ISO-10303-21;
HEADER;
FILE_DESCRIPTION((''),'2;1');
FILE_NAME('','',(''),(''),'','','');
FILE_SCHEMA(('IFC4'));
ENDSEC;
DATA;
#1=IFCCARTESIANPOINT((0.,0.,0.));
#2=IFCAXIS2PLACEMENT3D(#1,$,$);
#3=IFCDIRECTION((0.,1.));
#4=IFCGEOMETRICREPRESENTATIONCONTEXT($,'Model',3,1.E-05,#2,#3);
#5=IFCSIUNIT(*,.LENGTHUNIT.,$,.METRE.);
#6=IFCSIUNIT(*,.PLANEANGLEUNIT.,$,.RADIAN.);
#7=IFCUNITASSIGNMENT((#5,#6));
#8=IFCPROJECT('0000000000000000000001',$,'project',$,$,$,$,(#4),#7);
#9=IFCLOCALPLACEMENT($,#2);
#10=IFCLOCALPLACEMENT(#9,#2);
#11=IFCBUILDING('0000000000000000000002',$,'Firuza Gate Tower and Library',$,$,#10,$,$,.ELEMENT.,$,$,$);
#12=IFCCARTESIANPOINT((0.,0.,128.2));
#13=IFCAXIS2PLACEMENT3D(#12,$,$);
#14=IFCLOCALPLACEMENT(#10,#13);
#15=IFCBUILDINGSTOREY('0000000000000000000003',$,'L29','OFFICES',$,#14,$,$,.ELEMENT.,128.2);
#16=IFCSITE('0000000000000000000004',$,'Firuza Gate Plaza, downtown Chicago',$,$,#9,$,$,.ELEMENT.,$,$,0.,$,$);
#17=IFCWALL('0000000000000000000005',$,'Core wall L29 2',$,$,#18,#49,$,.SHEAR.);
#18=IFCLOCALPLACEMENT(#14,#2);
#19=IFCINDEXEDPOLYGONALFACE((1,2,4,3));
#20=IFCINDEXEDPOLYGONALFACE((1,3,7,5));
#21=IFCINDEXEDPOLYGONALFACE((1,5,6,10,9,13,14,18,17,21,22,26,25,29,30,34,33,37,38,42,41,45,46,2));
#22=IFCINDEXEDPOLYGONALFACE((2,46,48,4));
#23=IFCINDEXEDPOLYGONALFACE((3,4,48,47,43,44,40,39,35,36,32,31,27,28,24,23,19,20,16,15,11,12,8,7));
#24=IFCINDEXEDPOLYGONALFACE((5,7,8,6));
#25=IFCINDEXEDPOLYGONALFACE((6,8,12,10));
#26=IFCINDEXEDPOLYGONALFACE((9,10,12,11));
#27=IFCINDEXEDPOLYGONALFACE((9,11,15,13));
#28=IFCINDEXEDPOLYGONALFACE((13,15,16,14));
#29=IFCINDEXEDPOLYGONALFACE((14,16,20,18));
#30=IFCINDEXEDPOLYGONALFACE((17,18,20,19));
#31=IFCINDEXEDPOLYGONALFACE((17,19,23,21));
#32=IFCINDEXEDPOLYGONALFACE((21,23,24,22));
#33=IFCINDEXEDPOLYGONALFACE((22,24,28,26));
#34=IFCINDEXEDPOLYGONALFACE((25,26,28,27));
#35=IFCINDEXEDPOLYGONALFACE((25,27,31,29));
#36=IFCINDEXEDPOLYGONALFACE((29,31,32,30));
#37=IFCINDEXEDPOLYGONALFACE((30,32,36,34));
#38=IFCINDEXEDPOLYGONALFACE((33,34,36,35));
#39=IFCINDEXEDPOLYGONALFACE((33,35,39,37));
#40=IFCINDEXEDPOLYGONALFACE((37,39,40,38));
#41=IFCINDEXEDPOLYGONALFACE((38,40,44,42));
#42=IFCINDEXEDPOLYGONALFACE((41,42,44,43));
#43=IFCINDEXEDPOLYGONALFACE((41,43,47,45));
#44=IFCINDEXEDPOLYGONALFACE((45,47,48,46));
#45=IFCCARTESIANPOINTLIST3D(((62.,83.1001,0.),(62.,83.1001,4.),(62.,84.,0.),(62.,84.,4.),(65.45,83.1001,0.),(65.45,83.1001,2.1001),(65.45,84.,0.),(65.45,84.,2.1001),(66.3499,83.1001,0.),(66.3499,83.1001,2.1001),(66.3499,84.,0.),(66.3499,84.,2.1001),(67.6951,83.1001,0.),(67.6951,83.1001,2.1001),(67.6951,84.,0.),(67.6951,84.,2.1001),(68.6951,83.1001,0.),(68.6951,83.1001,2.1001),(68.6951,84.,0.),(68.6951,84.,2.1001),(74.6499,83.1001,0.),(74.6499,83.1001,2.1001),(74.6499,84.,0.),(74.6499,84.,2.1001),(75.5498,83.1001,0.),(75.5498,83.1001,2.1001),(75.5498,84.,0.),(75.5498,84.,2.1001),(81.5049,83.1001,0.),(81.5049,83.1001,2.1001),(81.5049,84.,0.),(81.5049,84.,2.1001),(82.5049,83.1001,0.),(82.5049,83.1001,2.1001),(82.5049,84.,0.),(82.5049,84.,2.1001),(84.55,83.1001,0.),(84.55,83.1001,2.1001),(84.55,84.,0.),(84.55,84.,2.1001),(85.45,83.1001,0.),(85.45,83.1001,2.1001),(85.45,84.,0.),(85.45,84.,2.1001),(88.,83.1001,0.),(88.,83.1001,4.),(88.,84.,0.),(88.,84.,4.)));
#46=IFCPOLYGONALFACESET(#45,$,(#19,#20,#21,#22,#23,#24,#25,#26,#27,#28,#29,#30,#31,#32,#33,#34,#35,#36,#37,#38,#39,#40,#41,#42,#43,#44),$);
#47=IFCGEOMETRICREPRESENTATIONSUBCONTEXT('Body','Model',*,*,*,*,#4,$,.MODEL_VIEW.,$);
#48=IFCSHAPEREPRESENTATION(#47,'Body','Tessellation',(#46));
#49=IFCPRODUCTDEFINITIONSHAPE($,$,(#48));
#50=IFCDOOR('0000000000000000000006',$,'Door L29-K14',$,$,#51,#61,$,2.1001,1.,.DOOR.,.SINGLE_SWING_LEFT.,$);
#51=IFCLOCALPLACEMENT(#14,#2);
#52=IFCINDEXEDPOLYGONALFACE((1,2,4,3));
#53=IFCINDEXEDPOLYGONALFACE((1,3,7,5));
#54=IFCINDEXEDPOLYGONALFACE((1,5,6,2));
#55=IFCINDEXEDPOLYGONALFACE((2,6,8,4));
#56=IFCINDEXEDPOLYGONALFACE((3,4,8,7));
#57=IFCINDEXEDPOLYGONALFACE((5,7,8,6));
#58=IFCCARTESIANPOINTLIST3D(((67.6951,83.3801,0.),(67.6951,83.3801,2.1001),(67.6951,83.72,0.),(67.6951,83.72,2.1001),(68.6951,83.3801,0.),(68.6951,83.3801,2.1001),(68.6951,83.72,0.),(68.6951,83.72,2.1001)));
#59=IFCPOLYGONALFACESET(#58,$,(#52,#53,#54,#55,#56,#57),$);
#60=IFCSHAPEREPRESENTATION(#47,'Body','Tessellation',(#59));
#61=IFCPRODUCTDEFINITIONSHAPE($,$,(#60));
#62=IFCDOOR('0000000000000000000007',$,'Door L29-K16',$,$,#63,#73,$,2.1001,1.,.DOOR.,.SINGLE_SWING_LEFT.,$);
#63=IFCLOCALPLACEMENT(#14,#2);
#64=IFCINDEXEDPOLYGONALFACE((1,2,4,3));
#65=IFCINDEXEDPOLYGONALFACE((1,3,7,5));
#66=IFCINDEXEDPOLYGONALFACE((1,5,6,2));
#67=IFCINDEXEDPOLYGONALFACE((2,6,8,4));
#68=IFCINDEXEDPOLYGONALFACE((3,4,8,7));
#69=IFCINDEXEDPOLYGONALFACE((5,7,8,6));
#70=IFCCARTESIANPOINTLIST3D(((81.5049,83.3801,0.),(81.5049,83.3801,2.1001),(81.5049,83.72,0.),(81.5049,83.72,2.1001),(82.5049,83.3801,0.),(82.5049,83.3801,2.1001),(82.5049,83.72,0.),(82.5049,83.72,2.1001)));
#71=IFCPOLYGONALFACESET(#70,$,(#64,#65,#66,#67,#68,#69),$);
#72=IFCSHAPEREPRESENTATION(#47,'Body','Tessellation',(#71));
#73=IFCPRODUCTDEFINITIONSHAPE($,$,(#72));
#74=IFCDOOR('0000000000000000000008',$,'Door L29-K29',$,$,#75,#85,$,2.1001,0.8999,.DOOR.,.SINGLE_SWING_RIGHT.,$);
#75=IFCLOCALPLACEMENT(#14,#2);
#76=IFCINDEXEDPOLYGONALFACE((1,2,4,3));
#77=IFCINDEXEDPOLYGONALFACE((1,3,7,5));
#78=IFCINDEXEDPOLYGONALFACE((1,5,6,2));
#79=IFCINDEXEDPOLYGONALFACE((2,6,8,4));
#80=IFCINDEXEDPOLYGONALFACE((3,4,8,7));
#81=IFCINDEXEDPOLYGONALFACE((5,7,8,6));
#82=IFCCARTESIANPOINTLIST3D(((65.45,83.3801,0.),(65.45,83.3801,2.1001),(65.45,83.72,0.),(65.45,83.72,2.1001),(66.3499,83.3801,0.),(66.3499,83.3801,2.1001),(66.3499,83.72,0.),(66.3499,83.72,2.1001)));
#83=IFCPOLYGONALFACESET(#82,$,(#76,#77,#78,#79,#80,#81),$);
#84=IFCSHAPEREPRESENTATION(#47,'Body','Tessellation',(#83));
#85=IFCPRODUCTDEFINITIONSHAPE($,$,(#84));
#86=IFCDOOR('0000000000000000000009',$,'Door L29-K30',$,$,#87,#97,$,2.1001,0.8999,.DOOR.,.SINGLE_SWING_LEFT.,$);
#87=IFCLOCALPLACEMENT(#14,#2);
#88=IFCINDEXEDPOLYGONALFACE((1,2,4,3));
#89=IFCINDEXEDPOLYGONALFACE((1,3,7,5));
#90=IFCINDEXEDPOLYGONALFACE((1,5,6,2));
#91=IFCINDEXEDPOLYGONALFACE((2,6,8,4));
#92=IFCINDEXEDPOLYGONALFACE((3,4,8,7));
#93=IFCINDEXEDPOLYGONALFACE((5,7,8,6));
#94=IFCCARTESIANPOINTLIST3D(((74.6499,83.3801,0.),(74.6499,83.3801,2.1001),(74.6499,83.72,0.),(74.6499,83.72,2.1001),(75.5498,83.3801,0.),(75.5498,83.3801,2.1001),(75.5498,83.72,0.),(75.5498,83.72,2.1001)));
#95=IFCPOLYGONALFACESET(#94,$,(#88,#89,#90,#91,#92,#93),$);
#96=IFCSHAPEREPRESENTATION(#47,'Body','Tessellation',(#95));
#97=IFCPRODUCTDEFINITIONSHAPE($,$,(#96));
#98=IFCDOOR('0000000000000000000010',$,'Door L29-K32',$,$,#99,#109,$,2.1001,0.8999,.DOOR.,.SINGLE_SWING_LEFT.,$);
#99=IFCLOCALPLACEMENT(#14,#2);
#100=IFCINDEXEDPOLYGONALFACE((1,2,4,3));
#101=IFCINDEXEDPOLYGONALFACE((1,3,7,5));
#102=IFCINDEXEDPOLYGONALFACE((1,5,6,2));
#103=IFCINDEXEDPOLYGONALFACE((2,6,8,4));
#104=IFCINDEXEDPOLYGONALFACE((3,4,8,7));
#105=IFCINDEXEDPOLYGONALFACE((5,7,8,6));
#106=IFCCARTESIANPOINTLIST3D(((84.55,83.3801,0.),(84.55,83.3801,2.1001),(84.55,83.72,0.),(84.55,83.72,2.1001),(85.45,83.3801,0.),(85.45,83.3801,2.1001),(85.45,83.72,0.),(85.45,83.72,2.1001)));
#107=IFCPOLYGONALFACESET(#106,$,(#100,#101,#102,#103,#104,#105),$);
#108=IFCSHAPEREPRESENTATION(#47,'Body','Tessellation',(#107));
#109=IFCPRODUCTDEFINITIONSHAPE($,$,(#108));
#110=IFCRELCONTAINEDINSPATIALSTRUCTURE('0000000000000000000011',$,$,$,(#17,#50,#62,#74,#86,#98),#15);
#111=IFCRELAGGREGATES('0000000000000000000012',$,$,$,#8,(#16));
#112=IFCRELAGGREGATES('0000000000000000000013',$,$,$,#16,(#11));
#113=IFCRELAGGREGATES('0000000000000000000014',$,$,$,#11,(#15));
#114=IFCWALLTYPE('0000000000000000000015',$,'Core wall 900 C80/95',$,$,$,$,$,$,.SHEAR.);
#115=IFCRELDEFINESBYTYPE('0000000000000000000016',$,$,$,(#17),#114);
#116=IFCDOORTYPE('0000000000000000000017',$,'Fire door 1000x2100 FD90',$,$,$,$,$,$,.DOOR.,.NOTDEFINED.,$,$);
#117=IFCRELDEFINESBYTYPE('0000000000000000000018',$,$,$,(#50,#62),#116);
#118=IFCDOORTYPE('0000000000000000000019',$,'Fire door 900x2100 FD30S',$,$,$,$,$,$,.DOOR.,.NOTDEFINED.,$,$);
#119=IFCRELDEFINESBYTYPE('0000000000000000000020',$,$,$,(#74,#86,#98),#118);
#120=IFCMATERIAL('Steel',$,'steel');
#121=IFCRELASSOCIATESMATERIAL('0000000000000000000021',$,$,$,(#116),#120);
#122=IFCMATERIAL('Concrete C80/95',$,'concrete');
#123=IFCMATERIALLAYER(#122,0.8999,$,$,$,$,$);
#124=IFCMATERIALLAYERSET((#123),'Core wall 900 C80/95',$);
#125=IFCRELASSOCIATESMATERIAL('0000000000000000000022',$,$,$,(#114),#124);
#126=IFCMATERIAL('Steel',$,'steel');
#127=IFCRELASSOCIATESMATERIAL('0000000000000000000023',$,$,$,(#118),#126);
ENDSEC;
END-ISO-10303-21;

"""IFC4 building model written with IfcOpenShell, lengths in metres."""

from ifc_helpers import new_model, si_unit, direction, frame, frame_2d, origin, place, context, subcontext, project, spatial, rectangle, extrude, material, layer, layer_set, type_object, element, fill, save


model = new_model("IFC4")

# Units and contexts
model_context = context("Model", 3, precision=1e-05, world=origin(), true_north=direction((0.0, 1.0)))
body_context = subcontext(model_context, "Body", "Model", "MODEL_VIEW")
ifc_project = project(units=[si_unit("LENGTHUNIT", "METRE"), si_unit("PLANEANGLEUNIT", "RADIAN")], contexts=[model_context])

# Site, building, storey
site_placement = place(None, origin())
site = spatial("IfcSite", under=ifc_project, at=site_placement, Name="Firuza Gate Plaza, downtown Chicago", CompositionType="ELEMENT", RefElevation=0.0)
building_placement = place(site_placement, origin())
building = spatial("IfcBuilding", under=site, at=building_placement, Name="Firuza Gate Tower and Library", CompositionType="ELEMENT")
storey_placement = place(building_placement, frame((0.0, 0.0, 128.2)))
storey = spatial("IfcBuildingStorey", under=building, at=storey_placement, Name="L29", Description="OFFICES", CompositionType="ELEMENT", Elevation=128.2)

# Shared definitions
ifc_material_1 = material(Name="Steel", Category="steel")
door_type_1 = type_object("IfcDoorType", Name="Fire door 1000x2100 FD90", OperationType="NOTDEFINED", PredefinedType="DOOR", material=ifc_material_1)

# Wall, openings, doors
ifc_material_2 = material(Name="Concrete C80/95", Category="concrete")
ifc_layer_1 = layer(ifc_material_2, 0.8999)
ifc_layer_set_1 = layer_set([ifc_layer_1], Name="Core wall 900 C80/95")
wall_type_1 = type_object("IfcWallType", Name="Core wall 900 C80/95", PredefinedType="SHEAR", material=ifc_layer_set_1)
wall_1_placement = place(storey_placement, frame((62.0, 83.55, 0.0), z_axis=(0.0, 0.0, 1.0), x_axis=(1.0, 0.0, 0.0)))
wall_1 = element("IfcWall", 1, at=wall_1_placement, inside=storey, type_object=wall_type_1, Name="Core wall L29 2", PredefinedType="SHEAR", context=body_context, shape_type="SweptSolid", body=[
    extrude(rectangle(XDim=26.0, YDim=0.8999, at=frame_2d((13.0, 0.0))), origin(), (0.0, 0.0, 1.0), 4.0),
])
opening_1_placement = place(wall_1_placement, frame((5.6951, 0.0, 0.0)))
opening_1 = element("IfcOpeningElement", 2, at=opening_1_placement, cuts=wall_1, PredefinedType="OPENING", context=body_context, shape_type="SweptSolid", body=[
    extrude(rectangle(XDim=1.0, YDim=2.1001, at=frame_2d((0.5, 1.05))), frame((0.0, 0.46, 0.0), z_axis=(0.0, -1.0, 0.0), x_axis=(1.0, 0.0, 0.0)), (0.0, 0.0, 1.0), 0.9199),
])
opening_2_placement = place(wall_1_placement, frame((19.5049, 0.0, 0.0)))
opening_2 = element("IfcOpeningElement", 3, at=opening_2_placement, cuts=wall_1, PredefinedType="OPENING", context=body_context, shape_type="SweptSolid", body=[
    extrude(rectangle(XDim=1.0, YDim=2.1001, at=frame_2d((0.5, 1.05))), frame((0.0, 0.46, 0.0), z_axis=(0.0, -1.0, 0.0), x_axis=(1.0, 0.0, 0.0)), (0.0, 0.0, 1.0), 0.9199),
])
opening_3_placement = place(wall_1_placement, frame((3.45, 0.0, 0.0)))
opening_3 = element("IfcOpeningElement", 4, at=opening_3_placement, cuts=wall_1, PredefinedType="OPENING", context=body_context, shape_type="SweptSolid", body=[
    extrude(rectangle(XDim=0.8999, YDim=2.1001, at=frame_2d((0.45, 1.05))), frame((0.0, 0.46, 0.0), z_axis=(0.0, -1.0, 0.0), x_axis=(1.0, 0.0, 0.0)), (0.0, 0.0, 1.0), 0.9199),
])
opening_4_placement = place(wall_1_placement, frame((12.6499, 0.0, 0.0)))
opening_4 = element("IfcOpeningElement", 5, at=opening_4_placement, cuts=wall_1, PredefinedType="OPENING", context=body_context, shape_type="SweptSolid", body=[
    extrude(rectangle(XDim=0.8999, YDim=2.1001, at=frame_2d((0.45, 1.05))), frame((0.0, 0.46, 0.0), z_axis=(0.0, -1.0, 0.0), x_axis=(1.0, 0.0, 0.0)), (0.0, 0.0, 1.0), 0.9199),
])
opening_5_placement = place(wall_1_placement, frame((22.55, 0.0, 0.0)))
opening_5 = element("IfcOpeningElement", 6, at=opening_5_placement, cuts=wall_1, PredefinedType="OPENING", context=body_context, shape_type="SweptSolid", body=[
    extrude(rectangle(XDim=0.8999, YDim=2.1001, at=frame_2d((0.45, 1.05))), frame((0.0, 0.46, 0.0), z_axis=(0.0, -1.0, 0.0), x_axis=(1.0, 0.0, 0.0)), (0.0, 0.0, 1.0), 0.9199),
])
door_1_placement = place(opening_1_placement, origin())
door_1 = element("IfcDoor", 7, at=door_1_placement, inside=storey, type_object=door_type_1, Name="Door L29-K14", OperationType="SINGLE_SWING_LEFT", OverallHeight=2.1001, OverallWidth=1.0, PredefinedType="DOOR", context=body_context, shape_type="SweptSolid", body=[
    extrude(rectangle(XDim=1.0, YDim=2.1001, at=frame_2d((0.5, 1.05))), frame((0.0, 0.1699, 0.0), z_axis=(0.0, -1.0, 0.0), x_axis=(1.0, 0.0, 0.0)), (0.0, 0.0, 1.0), 0.3398),
])
fill(opening_1, door_1)
door_2_placement = place(opening_2_placement, origin())
door_2 = element("IfcDoor", 8, at=door_2_placement, inside=storey, type_object=door_type_1, Name="Door L29-K16", OperationType="SINGLE_SWING_LEFT", OverallHeight=2.1001, OverallWidth=1.0, PredefinedType="DOOR", context=body_context, shape_type="SweptSolid", body=[
    extrude(rectangle(XDim=1.0, YDim=2.1001, at=frame_2d((0.5, 1.05))), frame((0.0, 0.1699, 0.0), z_axis=(0.0, -1.0, 0.0), x_axis=(1.0, 0.0, 0.0)), (0.0, 0.0, 1.0), 0.3398),
])
fill(opening_2, door_2)
ifc_material_3 = material(Name="Steel", Category="steel")
door_type_2 = type_object("IfcDoorType", Name="Fire door 900x2100 FD30S", OperationType="NOTDEFINED", PredefinedType="DOOR", material=ifc_material_3)
door_3_placement = place(opening_3_placement, origin())
door_3 = element("IfcDoor", 9, at=door_3_placement, inside=storey, type_object=door_type_2, Name="Door L29-K29", OperationType="SINGLE_SWING_RIGHT", OverallHeight=2.1001, OverallWidth=0.8999, PredefinedType="DOOR", context=body_context, shape_type="SweptSolid", body=[
    extrude(rectangle(XDim=0.8999, YDim=2.1001, at=frame_2d((0.45, 1.05))), frame((0.0, 0.1699, 0.0), z_axis=(0.0, -1.0, 0.0), x_axis=(1.0, 0.0, 0.0)), (0.0, 0.0, 1.0), 0.3398),
])
fill(opening_3, door_3)
door_4_placement = place(opening_4_placement, origin())
door_4 = element("IfcDoor", 10, at=door_4_placement, inside=storey, type_object=door_type_2, Name="Door L29-K30", OperationType="SINGLE_SWING_LEFT", OverallHeight=2.1001, OverallWidth=0.8999, PredefinedType="DOOR", context=body_context, shape_type="SweptSolid", body=[
    extrude(rectangle(XDim=0.8999, YDim=2.1001, at=frame_2d((0.45, 1.05))), frame((0.0, 0.1699, 0.0), z_axis=(0.0, -1.0, 0.0), x_axis=(1.0, 0.0, 0.0)), (0.0, 0.0, 1.0), 0.3398),
])
fill(opening_4, door_4)
door_5_placement = place(opening_5_placement, origin())
door_5 = element("IfcDoor", 11, at=door_5_placement, inside=storey, type_object=door_type_2, Name="Door L29-K32", OperationType="SINGLE_SWING_LEFT", OverallHeight=2.1001, OverallWidth=0.8999, PredefinedType="DOOR", context=body_context, shape_type="SweptSolid", body=[
    extrude(rectangle(XDim=0.8999, YDim=2.1001, at=frame_2d((0.45, 1.05))), frame((0.0, 0.1699, 0.0), z_axis=(0.0, -1.0, 0.0), x_axis=(1.0, 0.0, 0.0)), (0.0, 0.0, 1.0), 0.3398),
])
fill(opening_5, door_5)

save(model, "model.ifc")
